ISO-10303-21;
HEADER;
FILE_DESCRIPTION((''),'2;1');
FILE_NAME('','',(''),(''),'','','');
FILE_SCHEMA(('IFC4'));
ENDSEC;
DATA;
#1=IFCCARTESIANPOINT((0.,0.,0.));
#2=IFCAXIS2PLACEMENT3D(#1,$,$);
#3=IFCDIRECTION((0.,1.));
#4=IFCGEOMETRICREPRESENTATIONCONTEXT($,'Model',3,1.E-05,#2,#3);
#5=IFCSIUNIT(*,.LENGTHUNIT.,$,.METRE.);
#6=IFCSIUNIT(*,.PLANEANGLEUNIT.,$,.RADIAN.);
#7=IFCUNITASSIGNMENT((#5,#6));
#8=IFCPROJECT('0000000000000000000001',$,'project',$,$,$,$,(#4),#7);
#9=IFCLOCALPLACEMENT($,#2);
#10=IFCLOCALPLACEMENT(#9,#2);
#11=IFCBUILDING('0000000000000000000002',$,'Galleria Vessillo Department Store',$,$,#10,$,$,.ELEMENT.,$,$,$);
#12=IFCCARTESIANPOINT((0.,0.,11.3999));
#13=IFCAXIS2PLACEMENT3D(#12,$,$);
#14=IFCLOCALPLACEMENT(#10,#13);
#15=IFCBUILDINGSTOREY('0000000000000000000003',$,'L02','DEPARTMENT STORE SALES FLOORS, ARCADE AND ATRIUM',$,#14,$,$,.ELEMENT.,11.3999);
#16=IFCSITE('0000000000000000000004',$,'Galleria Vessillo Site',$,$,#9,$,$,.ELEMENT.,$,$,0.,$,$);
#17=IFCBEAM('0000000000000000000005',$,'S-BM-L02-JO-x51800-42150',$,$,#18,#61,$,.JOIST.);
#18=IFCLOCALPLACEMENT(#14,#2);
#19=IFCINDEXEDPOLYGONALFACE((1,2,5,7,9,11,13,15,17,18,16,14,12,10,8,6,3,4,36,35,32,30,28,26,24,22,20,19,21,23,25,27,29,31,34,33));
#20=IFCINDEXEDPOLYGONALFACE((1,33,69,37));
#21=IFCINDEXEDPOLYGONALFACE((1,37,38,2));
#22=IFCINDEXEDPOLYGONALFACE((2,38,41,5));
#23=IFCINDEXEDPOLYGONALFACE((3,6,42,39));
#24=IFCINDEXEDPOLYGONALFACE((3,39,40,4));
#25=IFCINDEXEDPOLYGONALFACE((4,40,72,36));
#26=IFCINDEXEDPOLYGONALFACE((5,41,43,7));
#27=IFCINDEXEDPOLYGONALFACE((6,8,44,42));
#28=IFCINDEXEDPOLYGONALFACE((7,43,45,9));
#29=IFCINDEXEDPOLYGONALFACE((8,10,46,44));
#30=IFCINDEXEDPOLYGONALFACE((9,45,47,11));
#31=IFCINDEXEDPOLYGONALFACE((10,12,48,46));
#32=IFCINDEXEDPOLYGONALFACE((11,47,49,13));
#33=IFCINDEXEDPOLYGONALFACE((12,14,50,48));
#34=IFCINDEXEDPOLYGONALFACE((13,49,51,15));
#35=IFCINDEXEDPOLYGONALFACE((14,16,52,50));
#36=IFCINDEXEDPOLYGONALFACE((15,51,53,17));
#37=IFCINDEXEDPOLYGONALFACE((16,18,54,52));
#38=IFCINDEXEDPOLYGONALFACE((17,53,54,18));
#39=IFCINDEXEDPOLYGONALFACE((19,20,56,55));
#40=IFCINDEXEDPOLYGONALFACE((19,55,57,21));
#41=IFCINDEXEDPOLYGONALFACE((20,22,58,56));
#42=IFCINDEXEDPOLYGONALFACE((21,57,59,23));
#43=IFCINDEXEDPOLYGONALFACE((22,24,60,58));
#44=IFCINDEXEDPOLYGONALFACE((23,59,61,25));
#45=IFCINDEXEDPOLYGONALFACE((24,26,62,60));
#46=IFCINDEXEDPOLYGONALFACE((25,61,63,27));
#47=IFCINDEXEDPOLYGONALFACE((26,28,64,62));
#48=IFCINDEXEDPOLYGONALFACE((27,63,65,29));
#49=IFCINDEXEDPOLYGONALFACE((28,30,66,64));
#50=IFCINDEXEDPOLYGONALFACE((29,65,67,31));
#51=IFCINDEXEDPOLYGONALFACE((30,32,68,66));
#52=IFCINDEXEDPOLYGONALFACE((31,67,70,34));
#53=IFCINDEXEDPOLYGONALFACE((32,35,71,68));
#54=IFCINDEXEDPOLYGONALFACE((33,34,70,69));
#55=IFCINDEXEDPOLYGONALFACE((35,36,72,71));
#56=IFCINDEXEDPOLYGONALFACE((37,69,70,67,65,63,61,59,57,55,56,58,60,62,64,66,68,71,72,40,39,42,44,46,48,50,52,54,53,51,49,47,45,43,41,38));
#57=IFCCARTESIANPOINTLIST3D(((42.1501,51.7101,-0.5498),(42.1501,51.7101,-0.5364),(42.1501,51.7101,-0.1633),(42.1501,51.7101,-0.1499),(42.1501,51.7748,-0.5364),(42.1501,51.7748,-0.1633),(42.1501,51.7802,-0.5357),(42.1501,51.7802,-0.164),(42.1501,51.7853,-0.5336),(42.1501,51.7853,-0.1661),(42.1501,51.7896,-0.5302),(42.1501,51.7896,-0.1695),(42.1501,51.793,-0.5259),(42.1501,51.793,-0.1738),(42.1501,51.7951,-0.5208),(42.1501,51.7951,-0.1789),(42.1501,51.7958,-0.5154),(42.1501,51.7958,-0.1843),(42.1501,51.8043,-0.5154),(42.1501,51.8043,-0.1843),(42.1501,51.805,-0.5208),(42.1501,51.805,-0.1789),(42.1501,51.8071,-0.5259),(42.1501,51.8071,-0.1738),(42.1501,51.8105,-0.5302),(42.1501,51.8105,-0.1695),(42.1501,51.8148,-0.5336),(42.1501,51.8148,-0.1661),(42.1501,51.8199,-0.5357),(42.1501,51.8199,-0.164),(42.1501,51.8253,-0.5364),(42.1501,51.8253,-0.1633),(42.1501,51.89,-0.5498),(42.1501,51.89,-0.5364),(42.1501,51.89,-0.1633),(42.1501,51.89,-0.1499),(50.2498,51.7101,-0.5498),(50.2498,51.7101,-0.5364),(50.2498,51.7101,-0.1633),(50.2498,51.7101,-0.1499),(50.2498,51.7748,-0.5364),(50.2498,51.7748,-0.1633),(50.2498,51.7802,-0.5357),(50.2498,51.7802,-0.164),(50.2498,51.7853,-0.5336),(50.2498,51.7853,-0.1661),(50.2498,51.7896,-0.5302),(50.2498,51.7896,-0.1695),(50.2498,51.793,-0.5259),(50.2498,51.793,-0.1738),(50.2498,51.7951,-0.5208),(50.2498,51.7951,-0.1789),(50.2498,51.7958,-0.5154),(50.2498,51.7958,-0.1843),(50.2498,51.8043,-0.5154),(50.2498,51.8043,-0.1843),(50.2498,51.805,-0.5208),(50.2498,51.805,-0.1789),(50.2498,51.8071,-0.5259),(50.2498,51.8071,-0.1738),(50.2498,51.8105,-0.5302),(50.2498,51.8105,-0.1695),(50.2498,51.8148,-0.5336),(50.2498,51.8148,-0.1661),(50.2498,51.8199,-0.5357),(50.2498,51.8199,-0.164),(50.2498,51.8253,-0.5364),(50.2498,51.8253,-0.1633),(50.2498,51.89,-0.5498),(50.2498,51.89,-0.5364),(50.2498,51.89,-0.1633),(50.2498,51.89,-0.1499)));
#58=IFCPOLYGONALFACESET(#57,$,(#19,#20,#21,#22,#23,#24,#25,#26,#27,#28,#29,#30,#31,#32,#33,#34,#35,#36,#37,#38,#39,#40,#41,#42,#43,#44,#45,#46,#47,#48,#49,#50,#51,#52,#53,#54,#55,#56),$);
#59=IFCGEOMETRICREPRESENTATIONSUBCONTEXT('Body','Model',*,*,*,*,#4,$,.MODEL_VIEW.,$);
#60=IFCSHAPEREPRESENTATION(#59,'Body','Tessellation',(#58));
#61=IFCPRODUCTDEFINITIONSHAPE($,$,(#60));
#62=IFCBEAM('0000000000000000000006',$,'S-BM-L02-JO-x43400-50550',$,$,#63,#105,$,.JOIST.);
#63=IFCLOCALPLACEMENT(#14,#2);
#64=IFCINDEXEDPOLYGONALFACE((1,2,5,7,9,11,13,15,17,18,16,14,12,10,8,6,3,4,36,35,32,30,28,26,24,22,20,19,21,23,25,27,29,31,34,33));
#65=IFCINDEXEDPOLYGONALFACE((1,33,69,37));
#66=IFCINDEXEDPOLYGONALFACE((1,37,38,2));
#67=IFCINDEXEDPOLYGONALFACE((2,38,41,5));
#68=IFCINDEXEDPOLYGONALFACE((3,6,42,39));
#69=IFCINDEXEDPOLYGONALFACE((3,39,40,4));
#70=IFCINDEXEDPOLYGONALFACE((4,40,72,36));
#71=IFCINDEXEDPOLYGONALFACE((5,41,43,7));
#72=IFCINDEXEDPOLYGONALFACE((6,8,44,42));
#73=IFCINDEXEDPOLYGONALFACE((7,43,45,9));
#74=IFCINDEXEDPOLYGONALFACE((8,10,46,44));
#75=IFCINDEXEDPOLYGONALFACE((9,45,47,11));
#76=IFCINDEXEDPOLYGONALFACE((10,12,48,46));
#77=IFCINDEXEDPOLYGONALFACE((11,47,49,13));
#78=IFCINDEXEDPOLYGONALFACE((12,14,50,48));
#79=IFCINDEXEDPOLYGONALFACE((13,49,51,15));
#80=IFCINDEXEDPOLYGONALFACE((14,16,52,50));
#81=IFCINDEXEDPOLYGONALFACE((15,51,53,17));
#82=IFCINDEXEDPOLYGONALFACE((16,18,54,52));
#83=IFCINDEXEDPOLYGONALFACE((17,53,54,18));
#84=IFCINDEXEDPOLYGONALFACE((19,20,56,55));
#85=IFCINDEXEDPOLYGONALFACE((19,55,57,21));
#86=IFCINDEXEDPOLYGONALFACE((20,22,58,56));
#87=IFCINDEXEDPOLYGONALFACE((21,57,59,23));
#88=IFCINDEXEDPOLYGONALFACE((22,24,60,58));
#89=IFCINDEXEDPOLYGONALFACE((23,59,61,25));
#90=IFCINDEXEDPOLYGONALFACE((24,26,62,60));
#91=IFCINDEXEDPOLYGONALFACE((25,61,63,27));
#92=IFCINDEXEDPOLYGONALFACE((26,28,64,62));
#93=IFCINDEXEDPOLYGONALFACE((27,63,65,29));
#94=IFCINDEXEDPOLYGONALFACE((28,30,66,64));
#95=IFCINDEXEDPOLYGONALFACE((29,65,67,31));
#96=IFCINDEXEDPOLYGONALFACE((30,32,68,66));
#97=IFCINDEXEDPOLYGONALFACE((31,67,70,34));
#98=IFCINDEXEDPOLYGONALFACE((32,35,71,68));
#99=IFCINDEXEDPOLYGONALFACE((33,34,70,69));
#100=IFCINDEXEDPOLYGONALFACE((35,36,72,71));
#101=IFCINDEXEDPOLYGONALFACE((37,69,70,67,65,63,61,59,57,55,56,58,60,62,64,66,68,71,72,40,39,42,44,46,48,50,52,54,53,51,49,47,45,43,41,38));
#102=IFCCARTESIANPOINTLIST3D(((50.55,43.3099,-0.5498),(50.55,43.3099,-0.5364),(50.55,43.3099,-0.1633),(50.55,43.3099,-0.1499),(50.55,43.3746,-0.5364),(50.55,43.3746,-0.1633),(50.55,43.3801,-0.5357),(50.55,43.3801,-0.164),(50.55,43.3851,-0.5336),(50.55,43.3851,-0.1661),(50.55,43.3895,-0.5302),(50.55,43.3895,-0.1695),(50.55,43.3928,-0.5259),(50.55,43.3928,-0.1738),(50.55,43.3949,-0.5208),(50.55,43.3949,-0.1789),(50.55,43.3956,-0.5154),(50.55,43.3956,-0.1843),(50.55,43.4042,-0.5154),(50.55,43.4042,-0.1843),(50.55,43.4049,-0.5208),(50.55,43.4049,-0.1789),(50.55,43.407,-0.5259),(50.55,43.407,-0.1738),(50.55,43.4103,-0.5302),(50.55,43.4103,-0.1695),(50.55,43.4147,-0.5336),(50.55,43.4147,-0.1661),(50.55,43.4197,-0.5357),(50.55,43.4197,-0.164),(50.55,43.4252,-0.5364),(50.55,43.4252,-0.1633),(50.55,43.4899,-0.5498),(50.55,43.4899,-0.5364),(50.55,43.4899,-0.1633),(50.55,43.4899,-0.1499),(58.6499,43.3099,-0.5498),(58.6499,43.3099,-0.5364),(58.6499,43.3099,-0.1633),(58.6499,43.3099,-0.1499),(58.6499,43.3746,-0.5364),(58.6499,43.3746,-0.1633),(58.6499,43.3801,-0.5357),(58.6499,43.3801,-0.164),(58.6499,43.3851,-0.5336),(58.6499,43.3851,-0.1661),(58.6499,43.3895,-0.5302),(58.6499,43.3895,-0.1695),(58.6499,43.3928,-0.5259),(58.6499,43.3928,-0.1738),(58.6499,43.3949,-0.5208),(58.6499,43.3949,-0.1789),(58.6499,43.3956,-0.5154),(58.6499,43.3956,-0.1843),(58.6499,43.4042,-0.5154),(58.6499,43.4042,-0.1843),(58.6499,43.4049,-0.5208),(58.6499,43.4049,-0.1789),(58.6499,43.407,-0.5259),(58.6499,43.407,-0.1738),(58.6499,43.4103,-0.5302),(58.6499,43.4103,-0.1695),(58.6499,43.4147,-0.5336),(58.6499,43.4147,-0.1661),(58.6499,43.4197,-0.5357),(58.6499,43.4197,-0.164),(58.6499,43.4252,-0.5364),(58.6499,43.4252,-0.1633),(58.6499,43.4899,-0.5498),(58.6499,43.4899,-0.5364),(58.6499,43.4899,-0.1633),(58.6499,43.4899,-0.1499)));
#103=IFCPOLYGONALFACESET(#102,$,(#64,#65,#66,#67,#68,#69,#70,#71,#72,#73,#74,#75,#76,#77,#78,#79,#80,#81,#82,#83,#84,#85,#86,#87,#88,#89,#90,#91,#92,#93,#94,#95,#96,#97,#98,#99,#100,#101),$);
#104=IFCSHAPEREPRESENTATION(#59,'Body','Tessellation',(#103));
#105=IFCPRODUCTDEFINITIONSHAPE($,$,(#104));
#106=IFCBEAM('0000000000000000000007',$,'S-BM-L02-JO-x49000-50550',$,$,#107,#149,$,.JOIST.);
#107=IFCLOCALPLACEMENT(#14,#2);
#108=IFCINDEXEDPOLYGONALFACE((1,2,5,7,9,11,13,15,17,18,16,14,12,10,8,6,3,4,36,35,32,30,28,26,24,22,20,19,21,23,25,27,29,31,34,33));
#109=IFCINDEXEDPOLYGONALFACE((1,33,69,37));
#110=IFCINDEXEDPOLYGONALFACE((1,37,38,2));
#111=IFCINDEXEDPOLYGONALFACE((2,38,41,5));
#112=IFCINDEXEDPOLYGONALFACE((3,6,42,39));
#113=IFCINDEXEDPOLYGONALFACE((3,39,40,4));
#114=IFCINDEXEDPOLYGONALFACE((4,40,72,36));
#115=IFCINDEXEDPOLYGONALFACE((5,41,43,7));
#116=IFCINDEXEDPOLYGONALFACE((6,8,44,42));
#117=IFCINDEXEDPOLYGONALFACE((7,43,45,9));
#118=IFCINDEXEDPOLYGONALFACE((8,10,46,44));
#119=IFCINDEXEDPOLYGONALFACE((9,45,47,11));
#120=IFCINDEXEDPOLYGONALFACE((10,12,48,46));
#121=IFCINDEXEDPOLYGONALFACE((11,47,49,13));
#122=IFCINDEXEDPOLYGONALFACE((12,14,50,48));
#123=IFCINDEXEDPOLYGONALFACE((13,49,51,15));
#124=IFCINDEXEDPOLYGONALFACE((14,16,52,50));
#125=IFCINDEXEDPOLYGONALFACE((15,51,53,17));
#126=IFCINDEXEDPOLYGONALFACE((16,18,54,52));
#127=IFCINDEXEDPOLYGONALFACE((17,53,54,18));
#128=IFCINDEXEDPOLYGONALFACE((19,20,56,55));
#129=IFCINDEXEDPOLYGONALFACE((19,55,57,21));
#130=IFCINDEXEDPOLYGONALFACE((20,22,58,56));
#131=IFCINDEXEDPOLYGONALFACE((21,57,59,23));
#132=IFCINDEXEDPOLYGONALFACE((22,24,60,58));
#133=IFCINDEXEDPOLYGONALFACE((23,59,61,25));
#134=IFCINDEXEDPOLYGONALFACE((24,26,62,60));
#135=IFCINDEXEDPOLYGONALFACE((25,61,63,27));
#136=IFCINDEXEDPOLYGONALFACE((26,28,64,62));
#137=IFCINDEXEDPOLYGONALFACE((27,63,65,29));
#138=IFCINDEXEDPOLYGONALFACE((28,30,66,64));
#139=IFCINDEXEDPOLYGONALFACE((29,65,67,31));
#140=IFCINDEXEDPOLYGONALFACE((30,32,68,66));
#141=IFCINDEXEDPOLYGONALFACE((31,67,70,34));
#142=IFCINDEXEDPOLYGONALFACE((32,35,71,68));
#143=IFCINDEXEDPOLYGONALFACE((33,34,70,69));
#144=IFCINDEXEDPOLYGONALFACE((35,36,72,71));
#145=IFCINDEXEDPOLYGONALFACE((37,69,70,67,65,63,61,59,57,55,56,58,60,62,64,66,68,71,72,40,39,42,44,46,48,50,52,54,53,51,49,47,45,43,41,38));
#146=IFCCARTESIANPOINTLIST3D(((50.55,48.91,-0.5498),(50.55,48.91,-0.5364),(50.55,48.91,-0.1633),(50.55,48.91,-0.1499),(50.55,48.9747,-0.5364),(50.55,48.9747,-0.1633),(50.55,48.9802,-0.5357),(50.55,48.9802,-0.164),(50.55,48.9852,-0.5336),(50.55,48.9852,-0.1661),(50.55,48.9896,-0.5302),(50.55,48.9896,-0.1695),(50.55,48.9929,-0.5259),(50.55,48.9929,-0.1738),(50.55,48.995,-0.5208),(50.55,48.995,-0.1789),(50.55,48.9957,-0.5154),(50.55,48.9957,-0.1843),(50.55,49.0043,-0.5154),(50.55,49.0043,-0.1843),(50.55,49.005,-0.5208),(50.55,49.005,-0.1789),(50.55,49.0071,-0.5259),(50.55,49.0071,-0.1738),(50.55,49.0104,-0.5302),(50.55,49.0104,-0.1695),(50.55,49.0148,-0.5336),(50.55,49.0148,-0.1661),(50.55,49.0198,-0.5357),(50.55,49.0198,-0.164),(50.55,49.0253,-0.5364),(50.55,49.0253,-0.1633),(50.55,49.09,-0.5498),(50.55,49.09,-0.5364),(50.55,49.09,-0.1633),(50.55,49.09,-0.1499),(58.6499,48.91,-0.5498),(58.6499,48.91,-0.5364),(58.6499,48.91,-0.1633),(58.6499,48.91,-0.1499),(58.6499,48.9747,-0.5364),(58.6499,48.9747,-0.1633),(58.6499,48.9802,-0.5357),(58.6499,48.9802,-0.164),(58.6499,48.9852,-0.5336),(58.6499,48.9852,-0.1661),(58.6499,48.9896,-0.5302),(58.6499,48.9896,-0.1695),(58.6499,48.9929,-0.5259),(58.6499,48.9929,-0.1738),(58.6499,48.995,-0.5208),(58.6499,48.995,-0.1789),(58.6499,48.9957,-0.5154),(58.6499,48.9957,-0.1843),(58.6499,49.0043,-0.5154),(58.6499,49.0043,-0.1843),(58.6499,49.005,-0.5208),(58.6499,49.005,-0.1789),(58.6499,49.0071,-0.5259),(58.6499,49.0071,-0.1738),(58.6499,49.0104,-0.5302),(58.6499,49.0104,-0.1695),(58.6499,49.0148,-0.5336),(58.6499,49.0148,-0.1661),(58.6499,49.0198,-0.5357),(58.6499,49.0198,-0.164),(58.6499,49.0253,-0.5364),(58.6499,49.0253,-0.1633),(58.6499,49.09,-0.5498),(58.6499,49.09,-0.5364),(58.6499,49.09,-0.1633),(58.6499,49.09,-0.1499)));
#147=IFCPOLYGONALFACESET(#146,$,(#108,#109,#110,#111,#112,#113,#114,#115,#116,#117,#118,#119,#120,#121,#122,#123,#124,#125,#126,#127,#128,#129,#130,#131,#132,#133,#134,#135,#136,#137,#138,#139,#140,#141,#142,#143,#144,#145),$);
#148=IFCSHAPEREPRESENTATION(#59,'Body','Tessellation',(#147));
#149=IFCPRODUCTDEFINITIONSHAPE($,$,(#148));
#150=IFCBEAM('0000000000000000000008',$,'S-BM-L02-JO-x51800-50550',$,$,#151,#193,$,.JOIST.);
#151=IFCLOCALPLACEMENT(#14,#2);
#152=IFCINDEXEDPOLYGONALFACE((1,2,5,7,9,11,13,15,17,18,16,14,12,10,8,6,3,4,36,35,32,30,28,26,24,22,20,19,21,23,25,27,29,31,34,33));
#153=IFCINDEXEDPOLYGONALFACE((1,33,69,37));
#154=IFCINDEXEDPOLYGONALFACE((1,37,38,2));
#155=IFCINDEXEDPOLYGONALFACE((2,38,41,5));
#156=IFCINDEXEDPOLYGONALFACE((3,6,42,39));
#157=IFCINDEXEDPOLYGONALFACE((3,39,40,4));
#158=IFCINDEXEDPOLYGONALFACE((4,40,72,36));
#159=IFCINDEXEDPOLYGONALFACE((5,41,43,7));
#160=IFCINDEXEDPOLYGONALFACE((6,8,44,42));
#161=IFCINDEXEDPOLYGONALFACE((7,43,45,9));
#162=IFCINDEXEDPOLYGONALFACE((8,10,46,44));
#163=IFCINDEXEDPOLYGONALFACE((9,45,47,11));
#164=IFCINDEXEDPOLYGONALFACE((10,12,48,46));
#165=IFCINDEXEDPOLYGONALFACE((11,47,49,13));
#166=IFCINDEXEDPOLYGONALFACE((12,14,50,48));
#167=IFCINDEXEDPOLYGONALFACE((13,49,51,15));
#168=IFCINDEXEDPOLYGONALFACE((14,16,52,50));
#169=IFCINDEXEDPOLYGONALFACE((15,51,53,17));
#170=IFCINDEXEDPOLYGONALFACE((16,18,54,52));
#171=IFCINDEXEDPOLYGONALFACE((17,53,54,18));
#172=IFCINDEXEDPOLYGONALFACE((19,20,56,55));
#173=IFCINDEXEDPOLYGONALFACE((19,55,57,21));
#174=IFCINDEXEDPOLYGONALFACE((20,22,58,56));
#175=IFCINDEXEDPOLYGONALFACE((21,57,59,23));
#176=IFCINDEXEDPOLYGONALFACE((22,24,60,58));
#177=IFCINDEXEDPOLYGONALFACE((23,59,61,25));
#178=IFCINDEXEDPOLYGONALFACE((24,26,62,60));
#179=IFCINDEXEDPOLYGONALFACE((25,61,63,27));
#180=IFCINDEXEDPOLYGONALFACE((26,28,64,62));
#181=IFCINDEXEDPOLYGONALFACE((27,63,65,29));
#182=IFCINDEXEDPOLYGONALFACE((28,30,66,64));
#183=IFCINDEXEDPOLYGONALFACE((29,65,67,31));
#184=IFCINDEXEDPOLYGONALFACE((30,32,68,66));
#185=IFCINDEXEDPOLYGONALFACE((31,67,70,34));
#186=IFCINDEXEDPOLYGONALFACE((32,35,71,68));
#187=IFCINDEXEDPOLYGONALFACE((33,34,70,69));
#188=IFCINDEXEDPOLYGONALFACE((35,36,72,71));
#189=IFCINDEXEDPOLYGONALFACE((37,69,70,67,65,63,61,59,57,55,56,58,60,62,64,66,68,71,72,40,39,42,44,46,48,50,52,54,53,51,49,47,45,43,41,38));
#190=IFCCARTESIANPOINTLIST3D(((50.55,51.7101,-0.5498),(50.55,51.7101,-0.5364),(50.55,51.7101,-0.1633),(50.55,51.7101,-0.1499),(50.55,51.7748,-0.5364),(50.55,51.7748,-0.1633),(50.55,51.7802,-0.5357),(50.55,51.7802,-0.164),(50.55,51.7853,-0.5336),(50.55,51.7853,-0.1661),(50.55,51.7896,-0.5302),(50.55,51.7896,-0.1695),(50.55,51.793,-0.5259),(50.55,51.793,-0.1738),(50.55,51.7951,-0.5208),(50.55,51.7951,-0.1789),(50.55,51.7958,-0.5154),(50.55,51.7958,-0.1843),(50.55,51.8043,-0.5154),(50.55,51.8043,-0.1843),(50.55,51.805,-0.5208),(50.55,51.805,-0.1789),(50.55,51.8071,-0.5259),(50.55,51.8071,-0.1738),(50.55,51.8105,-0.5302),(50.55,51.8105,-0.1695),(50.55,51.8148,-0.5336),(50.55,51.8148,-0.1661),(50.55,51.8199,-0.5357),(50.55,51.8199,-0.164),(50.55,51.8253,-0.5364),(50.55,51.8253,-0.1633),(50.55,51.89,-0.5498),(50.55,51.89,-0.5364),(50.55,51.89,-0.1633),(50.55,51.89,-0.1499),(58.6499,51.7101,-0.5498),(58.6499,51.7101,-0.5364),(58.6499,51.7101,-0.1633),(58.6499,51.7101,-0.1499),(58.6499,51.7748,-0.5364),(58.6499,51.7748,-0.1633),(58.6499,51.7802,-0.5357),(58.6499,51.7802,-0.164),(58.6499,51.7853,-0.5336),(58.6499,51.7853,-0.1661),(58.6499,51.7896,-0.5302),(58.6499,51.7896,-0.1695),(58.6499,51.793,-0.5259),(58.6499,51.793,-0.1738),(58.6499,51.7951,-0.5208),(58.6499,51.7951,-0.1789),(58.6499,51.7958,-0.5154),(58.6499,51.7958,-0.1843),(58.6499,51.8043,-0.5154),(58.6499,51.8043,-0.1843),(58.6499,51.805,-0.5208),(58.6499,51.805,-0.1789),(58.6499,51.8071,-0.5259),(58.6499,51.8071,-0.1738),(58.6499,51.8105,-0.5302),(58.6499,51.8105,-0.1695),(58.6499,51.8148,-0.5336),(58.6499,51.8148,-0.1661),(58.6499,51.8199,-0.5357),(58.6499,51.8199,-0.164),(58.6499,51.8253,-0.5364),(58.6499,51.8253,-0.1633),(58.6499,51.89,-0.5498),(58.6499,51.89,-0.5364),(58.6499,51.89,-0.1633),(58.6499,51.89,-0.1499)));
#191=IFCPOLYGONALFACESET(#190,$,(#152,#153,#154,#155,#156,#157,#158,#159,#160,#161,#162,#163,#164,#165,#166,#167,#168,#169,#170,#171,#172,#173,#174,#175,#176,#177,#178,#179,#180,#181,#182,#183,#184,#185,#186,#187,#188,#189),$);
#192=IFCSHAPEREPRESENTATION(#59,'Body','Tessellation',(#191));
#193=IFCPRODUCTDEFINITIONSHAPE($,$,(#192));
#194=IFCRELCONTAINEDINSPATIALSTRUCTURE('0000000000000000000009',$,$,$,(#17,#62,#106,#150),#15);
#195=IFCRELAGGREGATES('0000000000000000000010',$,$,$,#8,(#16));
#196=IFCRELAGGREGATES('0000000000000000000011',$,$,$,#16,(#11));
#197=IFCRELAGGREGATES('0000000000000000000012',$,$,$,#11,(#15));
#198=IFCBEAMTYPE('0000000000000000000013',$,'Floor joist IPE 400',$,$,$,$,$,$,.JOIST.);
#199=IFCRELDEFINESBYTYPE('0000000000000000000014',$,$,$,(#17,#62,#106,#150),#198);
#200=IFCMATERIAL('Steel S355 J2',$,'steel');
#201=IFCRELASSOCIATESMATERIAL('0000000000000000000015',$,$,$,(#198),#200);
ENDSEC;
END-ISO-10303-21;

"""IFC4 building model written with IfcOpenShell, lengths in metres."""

from ifc_helpers import new_model, si_unit, direction, frame, origin, origin_2d, place, context, subcontext, project, spatial, i_section, extrude, material, material_profile, profile_set, type_object, element, save


model = new_model("IFC4")

# Units and contexts
model_context = context("Model", 3, precision=1e-05, world=origin(), true_north=direction((0.0, 1.0)))
body_context = subcontext(model_context, "Body", "Model", "MODEL_VIEW")
ifc_project = project(units=[si_unit("LENGTHUNIT", "METRE"), si_unit("PLANEANGLEUNIT", "RADIAN")], contexts=[model_context])

# Site, building, storey
site_placement = place(None, origin())
site = spatial("IfcSite", under=ifc_project, at=site_placement, Name="Galleria Vessillo Site", CompositionType="ELEMENT", RefElevation=0.0)
building_placement = place(site_placement, origin())
building = spatial("IfcBuilding", under=site, at=building_placement, Name="Galleria Vessillo Department Store", CompositionType="ELEMENT")
storey_placement = place(building_placement, frame((0.0, 0.0, 11.3999)))
storey = spatial("IfcBuildingStorey", under=building, at=storey_placement, Name="L02", Description="DEPARTMENT STORE SALES FLOORS, ARCADE AND ATRIUM", CompositionType="ELEMENT", Elevation=11.3999)

# Beams
ifc_material_1 = material(Name="Steel S355 J2", Category="steel")
ifc_material_profile_1 = material_profile(ifc_material_1, i_section(OverallWidth=0.1799, OverallDepth=0.3999, WebThickness=0.0085, FlangeThickness=0.0134, FilletRadius=0.021, at=origin_2d()), Name="IPE 400")
ifc_profile_set_1 = profile_set([ifc_material_profile_1], Name="Steel S355 J2")
beam_type_1 = type_object("IfcBeamType", Name="Floor joist IPE 400", PredefinedType="JOIST", material=ifc_profile_set_1)
for number, where, z_axis, x_axis, name in (
    (1, (42.1501, 51.8, -0.3499), (1.0, 0.0, 0.0), (0.0, 1.0, 0.0), "S-BM-L02-JO-x51800-42150"),
):
    element("IfcBeam", number, at=place(storey_placement, frame(where, z_axis=z_axis, x_axis=x_axis)), inside=storey, type_object=beam_type_1, Name=name, PredefinedType="JOIST", context=body_context, shape_type="SweptSolid", body=[
        extrude(i_section(OverallWidth=0.1799, OverallDepth=0.3999, WebThickness=0.0085, FlangeThickness=0.0134, FilletRadius=0.021, at=origin_2d()), origin(), (0.0, 0.0, 1.0), 8.0996),
    ])
for number, where, z_axis, x_axis, name in (
    (2, (50.55, 43.3999, -0.3499), (1.0, 0.0, 0.0), (0.0, 1.0, 0.0), "S-BM-L02-JO-x43400-50550"),
    (3, (50.55, 49.0, -0.3499), (1.0, 0.0, 0.0), (0.0, 1.0, 0.0), "S-BM-L02-JO-x49000-50550"),
    (4, (50.55, 51.8, -0.3499), (1.0, 0.0, 0.0), (0.0, 1.0, 0.0), "S-BM-L02-JO-x51800-50550"),
):
    element("IfcBeam", number, at=place(storey_placement, frame(where, z_axis=z_axis, x_axis=x_axis)), inside=storey, type_object=beam_type_1, Name=name, PredefinedType="JOIST", context=body_context, shape_type="SweptSolid", body=[
        extrude(i_section(OverallWidth=0.1799, OverallDepth=0.3999, WebThickness=0.0085, FlangeThickness=0.0134, FilletRadius=0.021, at=origin_2d()), origin(), (0.0, 0.0, 1.0), 8.0999),
    ])

save(model, "model.ifc")
